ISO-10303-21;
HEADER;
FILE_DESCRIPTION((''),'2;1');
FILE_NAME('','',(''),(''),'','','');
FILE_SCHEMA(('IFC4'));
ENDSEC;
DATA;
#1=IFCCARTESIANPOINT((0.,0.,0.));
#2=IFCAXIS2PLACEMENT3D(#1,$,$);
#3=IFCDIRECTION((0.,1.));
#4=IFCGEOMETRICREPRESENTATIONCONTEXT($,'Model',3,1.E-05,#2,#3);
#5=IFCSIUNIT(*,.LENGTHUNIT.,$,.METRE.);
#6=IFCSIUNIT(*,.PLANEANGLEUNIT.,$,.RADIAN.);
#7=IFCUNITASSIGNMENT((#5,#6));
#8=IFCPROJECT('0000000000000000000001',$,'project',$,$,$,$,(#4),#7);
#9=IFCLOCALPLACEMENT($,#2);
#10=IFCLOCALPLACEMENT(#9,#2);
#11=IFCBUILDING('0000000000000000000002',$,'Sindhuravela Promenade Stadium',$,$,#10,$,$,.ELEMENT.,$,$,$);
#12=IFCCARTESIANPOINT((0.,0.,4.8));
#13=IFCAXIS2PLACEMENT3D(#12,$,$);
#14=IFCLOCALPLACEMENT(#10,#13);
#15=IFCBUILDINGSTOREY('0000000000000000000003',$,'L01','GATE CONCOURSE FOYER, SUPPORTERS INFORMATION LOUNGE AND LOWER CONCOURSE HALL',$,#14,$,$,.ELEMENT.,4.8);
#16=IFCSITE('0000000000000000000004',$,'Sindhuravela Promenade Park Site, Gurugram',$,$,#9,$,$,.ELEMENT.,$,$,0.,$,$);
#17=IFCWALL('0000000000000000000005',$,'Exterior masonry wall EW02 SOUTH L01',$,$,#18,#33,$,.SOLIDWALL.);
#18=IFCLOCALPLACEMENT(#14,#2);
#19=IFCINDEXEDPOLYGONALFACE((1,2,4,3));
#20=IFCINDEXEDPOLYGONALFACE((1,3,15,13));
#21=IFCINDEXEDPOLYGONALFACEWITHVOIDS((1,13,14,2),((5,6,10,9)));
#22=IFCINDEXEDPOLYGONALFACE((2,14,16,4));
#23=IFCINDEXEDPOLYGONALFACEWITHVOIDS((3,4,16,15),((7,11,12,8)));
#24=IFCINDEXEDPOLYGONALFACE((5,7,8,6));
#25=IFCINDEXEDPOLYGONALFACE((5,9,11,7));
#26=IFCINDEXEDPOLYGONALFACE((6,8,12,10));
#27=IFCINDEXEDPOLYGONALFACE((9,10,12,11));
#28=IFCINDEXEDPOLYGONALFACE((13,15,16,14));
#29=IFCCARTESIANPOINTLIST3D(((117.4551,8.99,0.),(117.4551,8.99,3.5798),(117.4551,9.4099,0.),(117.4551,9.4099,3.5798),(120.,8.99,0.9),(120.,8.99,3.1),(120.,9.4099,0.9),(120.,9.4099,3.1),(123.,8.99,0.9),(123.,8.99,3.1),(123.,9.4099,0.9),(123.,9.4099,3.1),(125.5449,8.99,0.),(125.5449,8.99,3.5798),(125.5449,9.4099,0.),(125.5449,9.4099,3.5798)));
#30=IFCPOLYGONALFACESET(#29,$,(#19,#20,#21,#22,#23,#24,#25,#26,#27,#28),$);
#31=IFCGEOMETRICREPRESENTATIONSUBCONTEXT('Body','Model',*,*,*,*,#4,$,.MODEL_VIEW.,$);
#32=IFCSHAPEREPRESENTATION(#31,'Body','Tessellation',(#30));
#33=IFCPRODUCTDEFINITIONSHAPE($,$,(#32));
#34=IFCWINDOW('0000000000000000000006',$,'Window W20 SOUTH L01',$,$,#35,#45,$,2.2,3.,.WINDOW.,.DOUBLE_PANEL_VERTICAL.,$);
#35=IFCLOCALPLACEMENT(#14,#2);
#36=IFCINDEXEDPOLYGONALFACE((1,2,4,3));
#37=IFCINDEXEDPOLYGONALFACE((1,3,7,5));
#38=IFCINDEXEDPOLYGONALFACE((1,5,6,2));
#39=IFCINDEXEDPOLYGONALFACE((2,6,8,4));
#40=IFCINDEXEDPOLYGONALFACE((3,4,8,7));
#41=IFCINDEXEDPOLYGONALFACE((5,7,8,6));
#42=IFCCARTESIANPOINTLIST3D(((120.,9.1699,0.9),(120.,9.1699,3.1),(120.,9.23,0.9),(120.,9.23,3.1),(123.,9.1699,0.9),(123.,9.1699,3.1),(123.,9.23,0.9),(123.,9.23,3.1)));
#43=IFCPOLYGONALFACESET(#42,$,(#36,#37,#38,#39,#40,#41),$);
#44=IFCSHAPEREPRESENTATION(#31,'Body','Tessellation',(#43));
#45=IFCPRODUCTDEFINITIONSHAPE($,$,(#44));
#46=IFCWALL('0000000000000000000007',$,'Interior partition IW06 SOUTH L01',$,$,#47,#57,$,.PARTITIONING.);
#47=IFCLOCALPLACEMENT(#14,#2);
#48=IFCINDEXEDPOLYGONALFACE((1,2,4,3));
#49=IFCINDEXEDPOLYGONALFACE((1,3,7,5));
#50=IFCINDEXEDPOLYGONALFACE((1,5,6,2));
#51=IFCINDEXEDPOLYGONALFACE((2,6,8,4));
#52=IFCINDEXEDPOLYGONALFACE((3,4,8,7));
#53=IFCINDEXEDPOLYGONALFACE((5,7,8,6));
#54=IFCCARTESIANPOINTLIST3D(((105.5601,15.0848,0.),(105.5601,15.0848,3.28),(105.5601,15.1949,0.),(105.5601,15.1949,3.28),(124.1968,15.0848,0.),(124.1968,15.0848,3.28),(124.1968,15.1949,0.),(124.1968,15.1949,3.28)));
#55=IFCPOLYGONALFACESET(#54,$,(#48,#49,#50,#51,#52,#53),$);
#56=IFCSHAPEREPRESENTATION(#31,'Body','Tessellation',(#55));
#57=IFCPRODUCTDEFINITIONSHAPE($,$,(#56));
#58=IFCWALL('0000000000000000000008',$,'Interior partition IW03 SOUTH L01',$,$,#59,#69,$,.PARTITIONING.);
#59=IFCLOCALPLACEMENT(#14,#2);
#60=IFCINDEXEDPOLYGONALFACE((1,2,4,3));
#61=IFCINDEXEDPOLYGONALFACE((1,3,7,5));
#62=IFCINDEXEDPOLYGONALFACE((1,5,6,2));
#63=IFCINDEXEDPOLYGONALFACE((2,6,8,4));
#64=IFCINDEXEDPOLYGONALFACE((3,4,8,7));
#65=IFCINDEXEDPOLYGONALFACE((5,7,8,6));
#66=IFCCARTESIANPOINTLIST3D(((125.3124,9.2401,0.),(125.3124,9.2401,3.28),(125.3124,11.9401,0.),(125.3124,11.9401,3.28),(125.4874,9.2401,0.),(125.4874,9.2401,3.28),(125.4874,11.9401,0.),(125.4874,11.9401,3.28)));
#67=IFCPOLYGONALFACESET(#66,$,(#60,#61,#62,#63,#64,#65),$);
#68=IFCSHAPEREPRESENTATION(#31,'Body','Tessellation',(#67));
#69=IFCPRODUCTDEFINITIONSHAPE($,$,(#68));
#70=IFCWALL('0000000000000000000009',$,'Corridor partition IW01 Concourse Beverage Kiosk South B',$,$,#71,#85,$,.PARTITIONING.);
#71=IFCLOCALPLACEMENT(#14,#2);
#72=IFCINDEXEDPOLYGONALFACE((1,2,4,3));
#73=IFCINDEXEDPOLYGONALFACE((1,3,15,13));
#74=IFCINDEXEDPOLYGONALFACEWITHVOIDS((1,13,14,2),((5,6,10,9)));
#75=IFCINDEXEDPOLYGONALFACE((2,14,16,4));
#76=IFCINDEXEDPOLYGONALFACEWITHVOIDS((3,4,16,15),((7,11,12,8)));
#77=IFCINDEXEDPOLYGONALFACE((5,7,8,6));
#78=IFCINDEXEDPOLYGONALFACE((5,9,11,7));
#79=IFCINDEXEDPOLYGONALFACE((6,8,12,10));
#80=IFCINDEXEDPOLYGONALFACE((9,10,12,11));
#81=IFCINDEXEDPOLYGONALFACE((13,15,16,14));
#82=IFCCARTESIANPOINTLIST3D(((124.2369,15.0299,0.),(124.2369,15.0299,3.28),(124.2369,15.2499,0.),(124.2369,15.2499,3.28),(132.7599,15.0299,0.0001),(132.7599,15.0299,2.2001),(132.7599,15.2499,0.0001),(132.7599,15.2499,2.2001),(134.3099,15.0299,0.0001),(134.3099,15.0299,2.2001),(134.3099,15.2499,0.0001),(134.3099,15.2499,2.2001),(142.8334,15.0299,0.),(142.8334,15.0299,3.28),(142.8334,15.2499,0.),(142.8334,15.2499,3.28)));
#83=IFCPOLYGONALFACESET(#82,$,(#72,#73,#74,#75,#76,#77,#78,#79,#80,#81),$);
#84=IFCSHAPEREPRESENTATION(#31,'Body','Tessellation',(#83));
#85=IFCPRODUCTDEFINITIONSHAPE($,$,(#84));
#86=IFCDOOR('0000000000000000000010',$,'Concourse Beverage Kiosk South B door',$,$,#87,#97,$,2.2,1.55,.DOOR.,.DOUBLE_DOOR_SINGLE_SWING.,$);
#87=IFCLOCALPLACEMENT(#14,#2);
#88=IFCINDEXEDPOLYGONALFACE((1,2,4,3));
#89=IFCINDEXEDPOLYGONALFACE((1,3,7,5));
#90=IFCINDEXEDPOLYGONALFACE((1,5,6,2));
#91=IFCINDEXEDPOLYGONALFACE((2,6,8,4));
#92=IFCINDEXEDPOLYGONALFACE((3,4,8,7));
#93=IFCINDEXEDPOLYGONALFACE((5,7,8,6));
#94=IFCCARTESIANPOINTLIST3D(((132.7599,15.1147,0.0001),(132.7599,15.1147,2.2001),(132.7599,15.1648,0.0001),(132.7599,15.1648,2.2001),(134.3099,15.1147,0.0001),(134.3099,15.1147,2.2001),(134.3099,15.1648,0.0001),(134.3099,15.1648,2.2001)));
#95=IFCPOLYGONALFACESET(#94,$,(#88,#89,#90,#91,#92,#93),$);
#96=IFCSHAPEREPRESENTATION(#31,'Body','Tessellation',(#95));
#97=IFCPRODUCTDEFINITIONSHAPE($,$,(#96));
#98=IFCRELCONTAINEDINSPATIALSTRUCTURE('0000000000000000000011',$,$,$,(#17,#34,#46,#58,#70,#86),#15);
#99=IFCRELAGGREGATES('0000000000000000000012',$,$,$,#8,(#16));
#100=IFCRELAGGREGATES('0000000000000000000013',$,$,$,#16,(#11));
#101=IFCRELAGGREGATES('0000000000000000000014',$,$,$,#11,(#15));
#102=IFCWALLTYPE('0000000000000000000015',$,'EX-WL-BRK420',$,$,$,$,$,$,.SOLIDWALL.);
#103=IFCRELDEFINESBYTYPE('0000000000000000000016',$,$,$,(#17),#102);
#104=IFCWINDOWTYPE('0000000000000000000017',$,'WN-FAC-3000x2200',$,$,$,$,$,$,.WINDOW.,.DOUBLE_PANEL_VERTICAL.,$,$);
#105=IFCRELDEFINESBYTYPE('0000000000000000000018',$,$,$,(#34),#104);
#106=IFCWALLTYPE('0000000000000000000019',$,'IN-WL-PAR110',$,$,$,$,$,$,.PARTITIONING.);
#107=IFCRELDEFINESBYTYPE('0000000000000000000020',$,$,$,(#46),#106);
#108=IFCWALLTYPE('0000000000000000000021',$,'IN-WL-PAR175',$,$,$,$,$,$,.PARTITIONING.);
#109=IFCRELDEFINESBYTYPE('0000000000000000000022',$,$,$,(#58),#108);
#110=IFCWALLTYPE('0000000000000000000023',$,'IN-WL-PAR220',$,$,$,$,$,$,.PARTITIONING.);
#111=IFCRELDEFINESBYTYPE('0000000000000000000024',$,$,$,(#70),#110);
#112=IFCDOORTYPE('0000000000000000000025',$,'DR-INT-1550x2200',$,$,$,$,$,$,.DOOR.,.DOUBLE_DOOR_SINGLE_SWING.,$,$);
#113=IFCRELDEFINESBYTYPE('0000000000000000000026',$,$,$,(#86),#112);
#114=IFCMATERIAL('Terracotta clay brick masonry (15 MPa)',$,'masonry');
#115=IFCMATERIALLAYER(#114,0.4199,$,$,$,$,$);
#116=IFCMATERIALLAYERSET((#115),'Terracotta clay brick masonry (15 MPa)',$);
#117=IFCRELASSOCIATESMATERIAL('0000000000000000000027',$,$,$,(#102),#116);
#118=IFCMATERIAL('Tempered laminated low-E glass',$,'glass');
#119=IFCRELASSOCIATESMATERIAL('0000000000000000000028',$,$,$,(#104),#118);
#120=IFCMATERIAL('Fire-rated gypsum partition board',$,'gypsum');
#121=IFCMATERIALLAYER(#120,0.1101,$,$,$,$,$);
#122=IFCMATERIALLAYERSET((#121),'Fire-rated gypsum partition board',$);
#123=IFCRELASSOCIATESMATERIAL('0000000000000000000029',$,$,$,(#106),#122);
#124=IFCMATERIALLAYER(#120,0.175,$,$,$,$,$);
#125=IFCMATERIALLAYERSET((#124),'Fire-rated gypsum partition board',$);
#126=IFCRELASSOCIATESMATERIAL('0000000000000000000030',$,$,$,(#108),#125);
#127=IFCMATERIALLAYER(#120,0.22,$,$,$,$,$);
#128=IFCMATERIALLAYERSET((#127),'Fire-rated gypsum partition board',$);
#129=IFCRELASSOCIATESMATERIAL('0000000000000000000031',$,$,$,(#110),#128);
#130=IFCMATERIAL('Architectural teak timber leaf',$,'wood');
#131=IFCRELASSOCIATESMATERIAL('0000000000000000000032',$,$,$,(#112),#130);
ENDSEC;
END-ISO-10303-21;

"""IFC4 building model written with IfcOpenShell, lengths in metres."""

from ifc_helpers import new_model, si_unit, direction, frame, frame_2d, origin, place, context, subcontext, project, spatial, rectangle, extrude, material, layer, layer_set, type_object, element, fill, save


model = new_model("IFC4")

# Units and contexts
model_context = context("Model", 3, precision=1e-05, world=origin(), true_north=direction((0.0, 1.0)))
body_context = subcontext(model_context, "Body", "Model", "MODEL_VIEW")
ifc_project = project(units=[si_unit("LENGTHUNIT", "METRE"), si_unit("PLANEANGLEUNIT", "RADIAN")], contexts=[model_context])

# Site, building, storey
site_placement = place(None, origin())
site = spatial("IfcSite", under=ifc_project, at=site_placement, Name="Sindhuravela Promenade Park Site, Gurugram", CompositionType="ELEMENT", RefElevation=0.0)
building_placement = place(site_placement, origin())
building = spatial("IfcBuilding", under=site, at=building_placement, Name="Sindhuravela Promenade Stadium", CompositionType="ELEMENT")
storey_placement = place(building_placement, frame((0.0, 0.0, 4.8)))
storey = spatial("IfcBuildingStorey", under=building, at=storey_placement, Name="L01", Description="GATE CONCOURSE FOYER, SUPPORTERS INFORMATION LOUNGE AND LOWER CONCOURSE HALL", CompositionType="ELEMENT", Elevation=4.8)

# Wall, opening, window
ifc_material_1 = material(Name="Terracotta clay brick masonry (15 MPa)", Category="masonry")
ifc_material_2 = material(Name="Tempered laminated low-E glass", Category="glass")
ifc_layer_1 = layer(ifc_material_1, 0.4199)
ifc_layer_set_1 = layer_set([ifc_layer_1], Name="Terracotta clay brick masonry (15 MPa)")
wall_type_1 = type_object("IfcWallType", Name="EX-WL-BRK420", PredefinedType="SOLIDWALL", material=ifc_layer_set_1)
wall_1_placement = place(storey_placement, frame((125.5449, 9.2, 0.0), z_axis=(0.0, 0.0, 1.0), x_axis=(-1.0, 0.0, 0.0)))
wall_1 = element("IfcWall", 1, at=wall_1_placement, inside=storey, type_object=wall_type_1, Name="Exterior masonry wall EW02 SOUTH L01", PredefinedType="SOLIDWALL", context=body_context, shape_type="SweptSolid", body=[
    extrude(rectangle(XDim=8.0898, YDim=0.4199, at=frame_2d((4.0449, 0.0))), origin(), (0.0, 0.0, 1.0), 3.5798),
])
opening_1_placement = place(wall_1_placement, frame((2.5449, 0.0, 0.8999)))
opening_1 = element("IfcOpeningElement", 2, at=opening_1_placement, cuts=wall_1, PredefinedType="OPENING", context=body_context, shape_type="SweptSolid", body=[
    extrude(rectangle(XDim=3.0, YDim=2.2, at=frame_2d((1.5, 1.1001))), frame((0.0, 0.22, 0.0), z_axis=(0.0, -1.0, 0.0), x_axis=(1.0, 0.0, 0.0)), (0.0, 0.0, 1.0), 0.4399),
])
window_type_1 = type_object("IfcWindowType", Name="WN-FAC-3000x2200", PartitioningType="DOUBLE_PANEL_VERTICAL", PredefinedType="WINDOW", material=ifc_material_2)
window_1_placement = place(opening_1_placement, origin())
window_1 = element("IfcWindow", 3, at=window_1_placement, inside=storey, type_object=window_type_1, Name="Window W20 SOUTH L01", OverallHeight=2.2, OverallWidth=3.0, PartitioningType="DOUBLE_PANEL_VERTICAL", PredefinedType="WINDOW", context=body_context, shape_type="SweptSolid", body=[
    extrude(rectangle(XDim=3.0, YDim=2.2, at=frame_2d((1.5, 1.1001))), frame((0.0, 0.03, 0.0), z_axis=(0.0, -1.0, 0.0), x_axis=(1.0, 0.0, 0.0)), (0.0, 0.0, 1.0), 0.0601),
])
fill(opening_1, window_1)

# Walls
ifc_material_3 = material(Name="Fire-rated gypsum partition board", Category="gypsum")
ifc_layer_2 = layer(ifc_material_3, 0.1101)
ifc_layer_set_2 = layer_set([ifc_layer_2], Name="Fire-rated gypsum partition board")
wall_type_2 = type_object("IfcWallType", Name="IN-WL-PAR110", PredefinedType="PARTITIONING", material=ifc_layer_set_2)
wall_2_placement = place(storey_placement, frame((124.1968, 15.1399, 0.0), z_axis=(0.0, 0.0, 1.0), x_axis=(-1.0, 0.0, 0.0)))
element("IfcWall", 4, at=wall_2_placement, inside=storey, type_object=wall_type_2, Name="Interior partition IW06 SOUTH L01", PredefinedType="PARTITIONING", context=body_context, shape_type="SweptSolid", body=[
    extrude(rectangle(XDim=18.6367, YDim=0.1101, at=frame_2d((9.3184, 0.0))), origin(), (0.0, 0.0, 1.0), 3.28),
])
ifc_layer_3 = layer(ifc_material_3, 0.175)
ifc_layer_set_3 = layer_set([ifc_layer_3], Name="Fire-rated gypsum partition board")
wall_type_3 = type_object("IfcWallType", Name="IN-WL-PAR175", PredefinedType="PARTITIONING", material=ifc_layer_set_3)
wall_3_placement = place(storey_placement, frame((125.3999, 9.24, 0.0), z_axis=(0.0, 0.0, 1.0), x_axis=(0.0, 1.0, 0.0)))
element("IfcWall", 5, at=wall_3_placement, inside=storey, type_object=wall_type_3, Name="Interior partition IW03 SOUTH L01", PredefinedType="PARTITIONING", context=body_context, shape_type="SweptSolid", body=[
    extrude(rectangle(XDim=2.7, YDim=0.175, at=frame_2d((1.3501, 0.0))), origin(), (0.0, 0.0, 1.0), 3.28),
])

# Wall, opening, door
ifc_layer_4 = layer(ifc_material_3, 0.22)
ifc_layer_set_4 = layer_set([ifc_layer_4], Name="Fire-rated gypsum partition board")
wall_type_4 = type_object("IfcWallType", Name="IN-WL-PAR220", PredefinedType="PARTITIONING", material=ifc_layer_set_4)
wall_4_placement = place(storey_placement, frame((124.2368, 15.1399, 0.0), z_axis=(0.0, 0.0, 1.0), x_axis=(1.0, 0.0, 0.0)))
wall_4 = element("IfcWall", 6, at=wall_4_placement, inside=storey, type_object=wall_type_4, Name="Corridor partition IW01 Concourse Beverage Kiosk South B", PredefinedType="PARTITIONING", context=body_context, shape_type="SweptSolid", body=[
    extrude(rectangle(XDim=18.5964, YDim=0.22, at=frame_2d((9.2983, 0.0))), origin(), (0.0, 0.0, 1.0), 3.28),
])
opening_2_placement = place(wall_4_placement, frame((8.5232, 0.0, 0.0)))
opening_2 = element("IfcOpeningElement", 7, at=opening_2_placement, cuts=wall_4, PredefinedType="OPENING", context=body_context, shape_type="SweptSolid", body=[
    extrude(rectangle(XDim=1.55, YDim=2.2, at=frame_2d((0.7749, 1.1001))), frame((0.0, 0.1199, 0.0), z_axis=(0.0, -1.0, 0.0), x_axis=(1.0, 0.0, 0.0)), (0.0, 0.0, 1.0), 0.24),
])
ifc_material_4 = material(Name="Architectural teak timber leaf", Category="wood")
door_type = type_object("IfcDoorType", Name="DR-INT-1550x2200", OperationType="DOUBLE_DOOR_SINGLE_SWING", PredefinedType="DOOR", material=ifc_material_4)
door_placement = place(opening_2_placement, origin())
door = element("IfcDoor", 8, at=door_placement, inside=storey, type_object=door_type, Name="Concourse Beverage Kiosk South B door", OperationType="DOUBLE_DOOR_SINGLE_SWING", OverallHeight=2.2, OverallWidth=1.55, PredefinedType="DOOR", context=body_context, shape_type="SweptSolid", body=[
    extrude(rectangle(XDim=1.55, YDim=2.2, at=frame_2d((0.7749, 1.1001))), frame((0.0, 0.0249, 0.0), z_axis=(0.0, -1.0, 0.0), x_axis=(1.0, 0.0, 0.0)), (0.0, 0.0, 1.0), 0.05),
])
fill(opening_2, door)

save(model, "model.ifc")
